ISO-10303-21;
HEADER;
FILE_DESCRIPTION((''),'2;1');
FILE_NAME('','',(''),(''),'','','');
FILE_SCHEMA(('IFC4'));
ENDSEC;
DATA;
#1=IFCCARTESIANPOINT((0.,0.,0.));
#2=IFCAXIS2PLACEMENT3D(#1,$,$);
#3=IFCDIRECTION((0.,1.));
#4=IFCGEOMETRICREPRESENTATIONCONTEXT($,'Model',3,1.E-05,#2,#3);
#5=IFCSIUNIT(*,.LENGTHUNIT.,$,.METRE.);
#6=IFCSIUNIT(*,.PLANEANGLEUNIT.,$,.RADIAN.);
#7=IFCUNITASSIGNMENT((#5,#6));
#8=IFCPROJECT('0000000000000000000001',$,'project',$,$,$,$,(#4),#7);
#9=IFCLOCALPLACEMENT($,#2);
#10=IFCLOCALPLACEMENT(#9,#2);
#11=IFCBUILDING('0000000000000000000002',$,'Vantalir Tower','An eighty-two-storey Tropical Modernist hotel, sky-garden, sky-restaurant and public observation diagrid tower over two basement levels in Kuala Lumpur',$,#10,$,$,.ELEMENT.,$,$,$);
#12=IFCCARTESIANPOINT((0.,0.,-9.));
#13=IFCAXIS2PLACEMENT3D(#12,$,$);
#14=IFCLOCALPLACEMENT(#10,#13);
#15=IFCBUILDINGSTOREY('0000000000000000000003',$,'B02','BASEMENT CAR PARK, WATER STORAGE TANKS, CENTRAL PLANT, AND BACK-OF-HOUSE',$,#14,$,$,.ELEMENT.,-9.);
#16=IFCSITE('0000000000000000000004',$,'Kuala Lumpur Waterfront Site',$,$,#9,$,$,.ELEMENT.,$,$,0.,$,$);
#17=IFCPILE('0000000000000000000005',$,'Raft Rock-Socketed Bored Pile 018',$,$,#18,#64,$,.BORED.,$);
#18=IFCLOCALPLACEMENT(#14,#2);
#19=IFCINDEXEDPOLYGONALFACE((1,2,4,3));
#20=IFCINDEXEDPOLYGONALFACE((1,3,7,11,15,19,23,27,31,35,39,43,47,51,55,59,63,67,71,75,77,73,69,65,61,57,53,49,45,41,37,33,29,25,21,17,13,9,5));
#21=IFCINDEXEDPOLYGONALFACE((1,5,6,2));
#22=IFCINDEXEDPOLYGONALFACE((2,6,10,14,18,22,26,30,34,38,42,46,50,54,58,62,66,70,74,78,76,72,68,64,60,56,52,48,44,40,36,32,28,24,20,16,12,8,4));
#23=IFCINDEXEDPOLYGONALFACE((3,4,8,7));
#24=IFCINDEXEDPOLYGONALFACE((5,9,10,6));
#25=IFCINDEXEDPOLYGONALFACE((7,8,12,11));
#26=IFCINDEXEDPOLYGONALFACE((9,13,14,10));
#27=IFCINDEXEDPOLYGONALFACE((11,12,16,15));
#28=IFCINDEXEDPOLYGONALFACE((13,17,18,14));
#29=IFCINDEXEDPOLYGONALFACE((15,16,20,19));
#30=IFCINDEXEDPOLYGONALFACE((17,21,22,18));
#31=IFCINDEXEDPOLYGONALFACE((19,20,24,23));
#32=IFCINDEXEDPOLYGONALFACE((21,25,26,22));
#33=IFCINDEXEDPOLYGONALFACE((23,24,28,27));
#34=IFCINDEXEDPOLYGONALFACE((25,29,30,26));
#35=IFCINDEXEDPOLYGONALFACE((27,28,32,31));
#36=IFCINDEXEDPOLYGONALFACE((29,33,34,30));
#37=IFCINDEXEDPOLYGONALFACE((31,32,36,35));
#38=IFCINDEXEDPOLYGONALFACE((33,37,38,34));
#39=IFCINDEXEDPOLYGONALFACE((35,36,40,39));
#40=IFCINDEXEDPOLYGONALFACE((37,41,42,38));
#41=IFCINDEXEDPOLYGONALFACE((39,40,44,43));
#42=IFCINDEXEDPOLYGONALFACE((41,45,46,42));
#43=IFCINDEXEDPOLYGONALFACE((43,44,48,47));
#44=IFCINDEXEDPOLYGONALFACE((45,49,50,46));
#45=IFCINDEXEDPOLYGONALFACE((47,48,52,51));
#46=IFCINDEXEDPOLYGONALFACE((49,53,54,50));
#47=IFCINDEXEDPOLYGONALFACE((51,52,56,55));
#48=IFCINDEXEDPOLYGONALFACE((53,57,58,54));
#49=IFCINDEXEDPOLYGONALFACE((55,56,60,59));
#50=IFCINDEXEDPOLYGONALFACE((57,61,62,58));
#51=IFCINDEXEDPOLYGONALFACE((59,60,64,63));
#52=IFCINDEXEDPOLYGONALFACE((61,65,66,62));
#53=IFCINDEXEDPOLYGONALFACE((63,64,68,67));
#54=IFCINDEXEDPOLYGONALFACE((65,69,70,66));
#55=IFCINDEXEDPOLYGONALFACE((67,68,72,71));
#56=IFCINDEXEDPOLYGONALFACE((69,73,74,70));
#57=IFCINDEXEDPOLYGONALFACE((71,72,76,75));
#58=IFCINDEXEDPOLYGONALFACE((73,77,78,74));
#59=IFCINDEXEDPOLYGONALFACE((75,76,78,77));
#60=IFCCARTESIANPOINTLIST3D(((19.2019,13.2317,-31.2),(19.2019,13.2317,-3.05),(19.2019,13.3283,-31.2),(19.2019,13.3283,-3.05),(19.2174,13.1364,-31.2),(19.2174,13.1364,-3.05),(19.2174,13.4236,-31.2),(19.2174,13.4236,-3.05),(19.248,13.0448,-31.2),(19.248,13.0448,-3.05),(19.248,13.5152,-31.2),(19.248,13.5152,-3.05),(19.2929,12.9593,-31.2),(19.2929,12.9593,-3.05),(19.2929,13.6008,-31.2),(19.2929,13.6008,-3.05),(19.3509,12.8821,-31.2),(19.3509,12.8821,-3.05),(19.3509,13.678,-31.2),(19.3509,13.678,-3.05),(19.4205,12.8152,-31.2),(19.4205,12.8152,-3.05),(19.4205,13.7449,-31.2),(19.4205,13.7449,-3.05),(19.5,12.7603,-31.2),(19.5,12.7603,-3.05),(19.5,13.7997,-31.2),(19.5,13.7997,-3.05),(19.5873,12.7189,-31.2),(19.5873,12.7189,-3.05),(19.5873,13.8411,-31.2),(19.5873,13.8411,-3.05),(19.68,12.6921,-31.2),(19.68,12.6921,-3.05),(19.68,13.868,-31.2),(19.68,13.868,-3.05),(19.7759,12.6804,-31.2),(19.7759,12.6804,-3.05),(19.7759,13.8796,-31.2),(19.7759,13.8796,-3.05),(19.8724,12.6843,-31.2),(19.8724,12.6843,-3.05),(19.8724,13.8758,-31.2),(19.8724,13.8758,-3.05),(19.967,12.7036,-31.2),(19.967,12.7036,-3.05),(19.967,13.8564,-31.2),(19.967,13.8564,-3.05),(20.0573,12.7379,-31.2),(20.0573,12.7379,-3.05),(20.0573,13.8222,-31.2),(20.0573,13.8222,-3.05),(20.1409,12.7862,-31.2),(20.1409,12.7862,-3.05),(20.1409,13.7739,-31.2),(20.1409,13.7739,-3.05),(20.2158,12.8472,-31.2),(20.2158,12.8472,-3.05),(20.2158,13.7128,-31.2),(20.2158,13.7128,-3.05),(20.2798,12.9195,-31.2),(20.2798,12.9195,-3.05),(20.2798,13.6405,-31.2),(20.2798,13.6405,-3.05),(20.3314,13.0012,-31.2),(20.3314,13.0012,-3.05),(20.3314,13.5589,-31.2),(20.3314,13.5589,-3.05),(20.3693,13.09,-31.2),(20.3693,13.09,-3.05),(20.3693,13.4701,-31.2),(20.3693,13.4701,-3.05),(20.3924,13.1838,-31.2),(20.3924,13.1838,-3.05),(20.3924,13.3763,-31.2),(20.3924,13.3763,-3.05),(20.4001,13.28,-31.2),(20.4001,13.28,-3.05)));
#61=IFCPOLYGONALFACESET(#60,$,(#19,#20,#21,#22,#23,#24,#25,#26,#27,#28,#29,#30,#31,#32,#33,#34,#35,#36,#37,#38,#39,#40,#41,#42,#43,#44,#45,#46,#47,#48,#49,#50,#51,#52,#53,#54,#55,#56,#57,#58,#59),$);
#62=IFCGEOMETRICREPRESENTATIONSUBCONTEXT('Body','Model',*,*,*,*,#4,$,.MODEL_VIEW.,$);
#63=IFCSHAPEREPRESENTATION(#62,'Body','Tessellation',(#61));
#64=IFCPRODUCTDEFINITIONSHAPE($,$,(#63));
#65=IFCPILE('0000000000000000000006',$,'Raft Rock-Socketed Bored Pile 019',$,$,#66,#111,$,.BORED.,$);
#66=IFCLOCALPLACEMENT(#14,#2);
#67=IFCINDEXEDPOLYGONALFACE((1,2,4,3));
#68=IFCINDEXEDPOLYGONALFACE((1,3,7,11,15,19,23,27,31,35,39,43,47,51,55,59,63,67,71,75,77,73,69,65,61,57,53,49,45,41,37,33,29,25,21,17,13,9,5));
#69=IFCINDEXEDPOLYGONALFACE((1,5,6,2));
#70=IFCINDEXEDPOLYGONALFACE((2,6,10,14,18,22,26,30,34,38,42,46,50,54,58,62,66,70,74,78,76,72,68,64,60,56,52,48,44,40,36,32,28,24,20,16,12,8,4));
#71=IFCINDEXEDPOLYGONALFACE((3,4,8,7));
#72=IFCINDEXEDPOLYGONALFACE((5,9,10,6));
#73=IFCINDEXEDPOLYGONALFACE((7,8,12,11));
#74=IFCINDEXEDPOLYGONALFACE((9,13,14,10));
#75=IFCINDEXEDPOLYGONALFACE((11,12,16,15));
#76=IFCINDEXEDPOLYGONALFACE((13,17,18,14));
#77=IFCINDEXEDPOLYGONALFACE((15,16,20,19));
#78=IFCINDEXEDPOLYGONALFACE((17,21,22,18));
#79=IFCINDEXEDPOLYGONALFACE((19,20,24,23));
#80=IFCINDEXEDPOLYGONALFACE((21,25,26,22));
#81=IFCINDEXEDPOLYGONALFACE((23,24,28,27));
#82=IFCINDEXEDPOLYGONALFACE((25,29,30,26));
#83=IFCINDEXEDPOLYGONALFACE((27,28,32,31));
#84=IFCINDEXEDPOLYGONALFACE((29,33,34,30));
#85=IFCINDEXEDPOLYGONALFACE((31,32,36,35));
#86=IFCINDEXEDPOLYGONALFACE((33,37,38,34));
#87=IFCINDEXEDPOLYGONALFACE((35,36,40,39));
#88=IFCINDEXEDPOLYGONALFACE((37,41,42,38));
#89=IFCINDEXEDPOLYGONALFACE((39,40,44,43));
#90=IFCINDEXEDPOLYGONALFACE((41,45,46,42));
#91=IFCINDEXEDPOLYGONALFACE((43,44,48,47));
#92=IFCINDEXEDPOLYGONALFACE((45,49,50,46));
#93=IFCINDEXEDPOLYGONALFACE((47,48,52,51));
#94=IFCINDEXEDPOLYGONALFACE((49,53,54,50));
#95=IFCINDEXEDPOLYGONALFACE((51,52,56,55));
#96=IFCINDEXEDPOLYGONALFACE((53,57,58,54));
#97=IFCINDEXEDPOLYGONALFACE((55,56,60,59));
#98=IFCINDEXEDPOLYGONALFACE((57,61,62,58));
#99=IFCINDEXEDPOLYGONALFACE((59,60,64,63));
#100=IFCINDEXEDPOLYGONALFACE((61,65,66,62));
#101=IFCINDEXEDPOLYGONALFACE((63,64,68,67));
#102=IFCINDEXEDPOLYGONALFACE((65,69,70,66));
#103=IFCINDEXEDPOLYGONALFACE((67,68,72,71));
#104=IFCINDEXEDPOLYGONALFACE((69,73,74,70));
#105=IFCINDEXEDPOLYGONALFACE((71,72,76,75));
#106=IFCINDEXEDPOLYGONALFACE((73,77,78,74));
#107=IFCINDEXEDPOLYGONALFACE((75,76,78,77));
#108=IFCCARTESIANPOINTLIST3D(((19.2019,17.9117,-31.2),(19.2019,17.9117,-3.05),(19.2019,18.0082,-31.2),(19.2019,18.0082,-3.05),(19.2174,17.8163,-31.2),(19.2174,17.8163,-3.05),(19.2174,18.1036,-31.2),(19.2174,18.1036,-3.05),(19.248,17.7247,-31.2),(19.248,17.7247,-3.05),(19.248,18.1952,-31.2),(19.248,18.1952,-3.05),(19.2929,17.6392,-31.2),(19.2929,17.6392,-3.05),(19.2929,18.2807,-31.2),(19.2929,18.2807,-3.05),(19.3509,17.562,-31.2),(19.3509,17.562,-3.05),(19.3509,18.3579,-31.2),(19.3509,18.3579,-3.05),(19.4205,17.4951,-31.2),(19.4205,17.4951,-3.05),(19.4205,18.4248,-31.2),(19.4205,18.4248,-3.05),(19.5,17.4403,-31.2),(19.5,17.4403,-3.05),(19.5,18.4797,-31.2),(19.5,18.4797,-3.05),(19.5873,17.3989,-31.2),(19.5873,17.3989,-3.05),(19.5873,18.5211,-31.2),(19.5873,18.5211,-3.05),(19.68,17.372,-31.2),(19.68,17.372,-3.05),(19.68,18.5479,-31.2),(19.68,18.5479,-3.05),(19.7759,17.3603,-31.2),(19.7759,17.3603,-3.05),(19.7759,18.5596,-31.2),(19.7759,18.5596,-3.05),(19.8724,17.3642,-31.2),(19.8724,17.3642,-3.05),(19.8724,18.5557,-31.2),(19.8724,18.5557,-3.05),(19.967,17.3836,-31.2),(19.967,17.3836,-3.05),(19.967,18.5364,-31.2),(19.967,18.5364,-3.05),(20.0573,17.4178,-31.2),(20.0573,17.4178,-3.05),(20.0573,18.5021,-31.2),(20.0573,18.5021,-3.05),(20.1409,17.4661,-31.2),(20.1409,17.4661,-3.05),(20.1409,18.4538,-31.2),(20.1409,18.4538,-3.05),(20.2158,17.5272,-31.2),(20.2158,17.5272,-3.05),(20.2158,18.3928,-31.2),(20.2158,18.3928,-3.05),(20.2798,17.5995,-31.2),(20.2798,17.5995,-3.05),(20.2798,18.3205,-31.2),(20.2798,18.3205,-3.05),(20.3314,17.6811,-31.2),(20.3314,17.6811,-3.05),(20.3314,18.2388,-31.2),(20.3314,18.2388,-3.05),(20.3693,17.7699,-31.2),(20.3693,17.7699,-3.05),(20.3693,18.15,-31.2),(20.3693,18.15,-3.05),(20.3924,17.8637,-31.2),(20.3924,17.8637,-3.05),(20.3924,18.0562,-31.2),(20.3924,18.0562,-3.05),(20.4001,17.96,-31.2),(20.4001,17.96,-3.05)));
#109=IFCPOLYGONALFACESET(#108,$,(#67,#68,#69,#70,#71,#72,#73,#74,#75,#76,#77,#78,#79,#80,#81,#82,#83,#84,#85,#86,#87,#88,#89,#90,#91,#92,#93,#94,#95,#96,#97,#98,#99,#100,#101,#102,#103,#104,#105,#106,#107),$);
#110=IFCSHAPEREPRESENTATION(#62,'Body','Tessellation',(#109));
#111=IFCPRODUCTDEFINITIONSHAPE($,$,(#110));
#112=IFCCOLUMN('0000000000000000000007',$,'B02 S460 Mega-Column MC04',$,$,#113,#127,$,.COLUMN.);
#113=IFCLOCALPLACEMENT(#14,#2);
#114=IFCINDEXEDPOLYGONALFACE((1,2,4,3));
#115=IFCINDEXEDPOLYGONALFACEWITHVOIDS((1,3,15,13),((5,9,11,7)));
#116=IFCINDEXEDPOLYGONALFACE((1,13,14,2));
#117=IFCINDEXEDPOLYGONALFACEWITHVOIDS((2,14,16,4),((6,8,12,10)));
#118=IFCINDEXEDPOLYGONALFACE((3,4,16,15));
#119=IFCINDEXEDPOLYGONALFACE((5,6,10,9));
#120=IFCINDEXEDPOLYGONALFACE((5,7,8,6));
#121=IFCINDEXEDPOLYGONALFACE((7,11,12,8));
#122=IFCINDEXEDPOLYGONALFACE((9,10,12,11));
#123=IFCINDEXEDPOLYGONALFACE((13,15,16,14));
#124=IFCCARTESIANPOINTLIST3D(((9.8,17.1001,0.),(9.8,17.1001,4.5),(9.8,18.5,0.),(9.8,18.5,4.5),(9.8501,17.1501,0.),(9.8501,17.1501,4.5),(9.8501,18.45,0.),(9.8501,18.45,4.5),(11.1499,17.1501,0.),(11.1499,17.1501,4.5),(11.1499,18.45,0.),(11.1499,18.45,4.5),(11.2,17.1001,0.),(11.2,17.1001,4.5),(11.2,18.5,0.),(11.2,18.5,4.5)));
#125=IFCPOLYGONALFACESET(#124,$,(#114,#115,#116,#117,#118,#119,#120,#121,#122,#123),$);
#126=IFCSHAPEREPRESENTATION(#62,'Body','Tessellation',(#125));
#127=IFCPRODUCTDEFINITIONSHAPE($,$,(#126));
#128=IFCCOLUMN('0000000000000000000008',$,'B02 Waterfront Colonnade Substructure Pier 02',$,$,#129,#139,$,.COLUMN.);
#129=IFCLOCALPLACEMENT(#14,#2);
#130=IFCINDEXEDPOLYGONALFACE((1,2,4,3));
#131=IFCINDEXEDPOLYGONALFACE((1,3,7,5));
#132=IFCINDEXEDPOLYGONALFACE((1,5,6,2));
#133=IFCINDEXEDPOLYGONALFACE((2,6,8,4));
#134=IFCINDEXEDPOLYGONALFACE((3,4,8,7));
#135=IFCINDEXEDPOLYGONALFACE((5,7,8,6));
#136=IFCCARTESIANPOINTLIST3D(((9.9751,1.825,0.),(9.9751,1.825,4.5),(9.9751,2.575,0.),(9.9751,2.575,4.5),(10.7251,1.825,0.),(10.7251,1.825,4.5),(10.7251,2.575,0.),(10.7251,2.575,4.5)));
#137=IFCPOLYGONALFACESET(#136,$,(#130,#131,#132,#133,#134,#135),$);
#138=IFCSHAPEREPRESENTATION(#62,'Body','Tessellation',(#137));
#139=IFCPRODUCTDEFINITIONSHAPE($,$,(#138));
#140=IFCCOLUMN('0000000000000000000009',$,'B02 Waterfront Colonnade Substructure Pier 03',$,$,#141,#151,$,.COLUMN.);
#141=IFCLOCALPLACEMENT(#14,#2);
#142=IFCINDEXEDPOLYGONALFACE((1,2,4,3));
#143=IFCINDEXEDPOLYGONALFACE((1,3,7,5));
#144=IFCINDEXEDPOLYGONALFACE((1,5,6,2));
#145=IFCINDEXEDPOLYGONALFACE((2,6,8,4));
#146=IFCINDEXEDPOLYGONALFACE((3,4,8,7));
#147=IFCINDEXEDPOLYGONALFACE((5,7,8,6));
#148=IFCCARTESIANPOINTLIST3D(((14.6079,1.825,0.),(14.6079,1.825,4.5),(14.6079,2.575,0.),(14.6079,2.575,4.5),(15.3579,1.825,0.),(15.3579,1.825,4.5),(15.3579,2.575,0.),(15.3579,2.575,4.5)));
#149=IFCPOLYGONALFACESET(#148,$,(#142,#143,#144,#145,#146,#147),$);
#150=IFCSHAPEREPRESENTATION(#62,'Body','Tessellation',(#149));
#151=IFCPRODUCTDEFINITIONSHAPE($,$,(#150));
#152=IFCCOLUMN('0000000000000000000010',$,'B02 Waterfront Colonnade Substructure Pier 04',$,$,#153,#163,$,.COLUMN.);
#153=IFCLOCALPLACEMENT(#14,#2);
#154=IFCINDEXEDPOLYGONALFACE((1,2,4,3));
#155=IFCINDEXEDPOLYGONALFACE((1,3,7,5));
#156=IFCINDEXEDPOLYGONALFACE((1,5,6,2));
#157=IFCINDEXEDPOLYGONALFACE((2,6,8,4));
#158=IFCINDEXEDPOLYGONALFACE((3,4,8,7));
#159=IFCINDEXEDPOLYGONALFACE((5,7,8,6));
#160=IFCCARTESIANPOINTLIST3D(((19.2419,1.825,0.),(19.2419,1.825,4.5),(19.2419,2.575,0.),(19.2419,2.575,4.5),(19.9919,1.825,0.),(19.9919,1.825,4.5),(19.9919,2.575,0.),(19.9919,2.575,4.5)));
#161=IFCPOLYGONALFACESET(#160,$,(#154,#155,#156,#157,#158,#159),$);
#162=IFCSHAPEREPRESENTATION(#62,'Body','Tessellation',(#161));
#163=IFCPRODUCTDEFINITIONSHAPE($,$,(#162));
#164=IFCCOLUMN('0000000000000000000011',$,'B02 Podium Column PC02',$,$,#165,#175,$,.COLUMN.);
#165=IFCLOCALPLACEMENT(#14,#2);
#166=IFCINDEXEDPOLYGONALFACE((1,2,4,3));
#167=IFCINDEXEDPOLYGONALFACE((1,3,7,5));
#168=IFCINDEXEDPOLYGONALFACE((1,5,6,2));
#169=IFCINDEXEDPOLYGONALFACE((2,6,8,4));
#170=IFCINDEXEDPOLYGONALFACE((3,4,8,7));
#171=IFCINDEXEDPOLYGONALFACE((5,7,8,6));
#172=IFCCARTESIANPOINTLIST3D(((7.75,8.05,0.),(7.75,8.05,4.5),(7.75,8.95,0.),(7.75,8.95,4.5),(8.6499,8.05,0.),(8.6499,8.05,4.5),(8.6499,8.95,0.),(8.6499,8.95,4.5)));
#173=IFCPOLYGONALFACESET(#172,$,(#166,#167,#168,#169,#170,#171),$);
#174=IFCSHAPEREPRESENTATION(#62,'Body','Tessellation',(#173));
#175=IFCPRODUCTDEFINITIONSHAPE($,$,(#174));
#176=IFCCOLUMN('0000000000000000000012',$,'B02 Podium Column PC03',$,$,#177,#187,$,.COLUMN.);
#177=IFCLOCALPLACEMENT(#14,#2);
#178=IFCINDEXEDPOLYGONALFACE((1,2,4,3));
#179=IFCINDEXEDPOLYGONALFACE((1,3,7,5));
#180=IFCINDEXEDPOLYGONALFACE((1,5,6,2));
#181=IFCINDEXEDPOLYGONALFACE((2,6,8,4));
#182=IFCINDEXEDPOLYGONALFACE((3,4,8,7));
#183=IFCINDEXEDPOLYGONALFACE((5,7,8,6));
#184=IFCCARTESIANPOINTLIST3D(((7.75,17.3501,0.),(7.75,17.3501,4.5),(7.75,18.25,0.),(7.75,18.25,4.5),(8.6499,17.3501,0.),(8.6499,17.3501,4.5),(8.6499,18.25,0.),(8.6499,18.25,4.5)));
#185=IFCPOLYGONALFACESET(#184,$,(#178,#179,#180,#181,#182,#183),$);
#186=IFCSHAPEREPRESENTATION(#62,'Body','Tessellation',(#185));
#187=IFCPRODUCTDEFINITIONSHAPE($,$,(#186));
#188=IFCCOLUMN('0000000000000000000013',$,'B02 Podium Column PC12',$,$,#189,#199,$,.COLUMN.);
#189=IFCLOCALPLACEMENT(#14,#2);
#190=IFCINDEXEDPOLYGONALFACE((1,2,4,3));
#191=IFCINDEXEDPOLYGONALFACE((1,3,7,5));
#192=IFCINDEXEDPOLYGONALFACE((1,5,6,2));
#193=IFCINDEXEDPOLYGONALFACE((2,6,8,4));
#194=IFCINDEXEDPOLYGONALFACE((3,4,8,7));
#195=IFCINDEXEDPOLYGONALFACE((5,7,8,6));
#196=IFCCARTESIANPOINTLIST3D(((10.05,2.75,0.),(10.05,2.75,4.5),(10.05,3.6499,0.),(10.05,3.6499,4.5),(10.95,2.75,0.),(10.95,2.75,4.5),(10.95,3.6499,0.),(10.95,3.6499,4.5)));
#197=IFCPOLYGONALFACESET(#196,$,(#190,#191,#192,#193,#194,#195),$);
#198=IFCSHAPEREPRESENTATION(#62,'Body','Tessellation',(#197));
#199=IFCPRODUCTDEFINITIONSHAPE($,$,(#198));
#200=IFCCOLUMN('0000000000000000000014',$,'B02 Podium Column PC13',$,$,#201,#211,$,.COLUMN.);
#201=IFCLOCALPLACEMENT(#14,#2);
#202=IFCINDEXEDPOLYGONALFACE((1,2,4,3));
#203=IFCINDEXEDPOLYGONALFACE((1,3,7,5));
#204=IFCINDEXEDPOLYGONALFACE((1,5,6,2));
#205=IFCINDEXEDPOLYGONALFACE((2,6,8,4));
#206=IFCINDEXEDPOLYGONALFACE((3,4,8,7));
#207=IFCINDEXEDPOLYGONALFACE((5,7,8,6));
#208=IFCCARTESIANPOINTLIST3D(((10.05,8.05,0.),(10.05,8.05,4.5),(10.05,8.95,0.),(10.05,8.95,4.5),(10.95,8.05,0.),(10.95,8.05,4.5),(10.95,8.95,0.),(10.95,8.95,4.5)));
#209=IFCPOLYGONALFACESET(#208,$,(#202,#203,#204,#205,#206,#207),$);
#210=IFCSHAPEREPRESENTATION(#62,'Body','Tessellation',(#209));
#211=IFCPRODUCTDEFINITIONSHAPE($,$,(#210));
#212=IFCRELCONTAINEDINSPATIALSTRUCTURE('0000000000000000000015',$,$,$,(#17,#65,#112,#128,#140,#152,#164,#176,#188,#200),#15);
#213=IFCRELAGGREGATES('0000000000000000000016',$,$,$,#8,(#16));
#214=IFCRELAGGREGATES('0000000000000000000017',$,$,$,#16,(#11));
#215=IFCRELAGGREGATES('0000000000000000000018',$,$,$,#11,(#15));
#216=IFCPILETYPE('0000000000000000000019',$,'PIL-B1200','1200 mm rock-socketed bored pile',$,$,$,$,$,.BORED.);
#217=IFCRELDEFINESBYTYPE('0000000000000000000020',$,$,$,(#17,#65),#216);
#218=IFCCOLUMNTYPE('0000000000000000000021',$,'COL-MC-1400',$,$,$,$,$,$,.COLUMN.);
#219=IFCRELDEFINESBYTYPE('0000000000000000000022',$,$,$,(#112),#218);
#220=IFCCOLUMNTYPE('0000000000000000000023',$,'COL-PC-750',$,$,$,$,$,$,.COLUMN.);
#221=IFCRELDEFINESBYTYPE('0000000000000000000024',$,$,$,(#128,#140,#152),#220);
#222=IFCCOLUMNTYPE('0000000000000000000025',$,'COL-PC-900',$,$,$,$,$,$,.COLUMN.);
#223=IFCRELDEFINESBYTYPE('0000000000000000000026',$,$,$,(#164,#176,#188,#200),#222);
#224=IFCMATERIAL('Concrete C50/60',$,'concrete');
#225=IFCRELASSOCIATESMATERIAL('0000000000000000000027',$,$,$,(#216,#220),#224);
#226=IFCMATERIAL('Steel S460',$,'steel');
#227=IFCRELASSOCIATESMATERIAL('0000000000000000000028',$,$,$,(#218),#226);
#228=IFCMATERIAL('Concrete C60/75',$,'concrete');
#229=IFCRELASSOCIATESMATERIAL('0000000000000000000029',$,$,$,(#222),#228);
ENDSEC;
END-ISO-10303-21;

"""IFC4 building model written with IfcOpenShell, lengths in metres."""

from ifc_helpers import new_model, si_unit, direction, frame, origin, origin_2d, place, context, subcontext, project, spatial, rectangle, hollow_rectangle, circle, extrude, material, material_profile, profile_set, type_object, element, save


model = new_model("IFC4")

# Units and contexts
model_context = context("Model", 3, precision=1e-05, world=origin(), true_north=direction((0.0, 1.0)))
body_context = subcontext(model_context, "Body", "Model", "MODEL_VIEW")
ifc_project = project(units=[si_unit("LENGTHUNIT", "METRE"), si_unit("PLANEANGLEUNIT", "RADIAN")], contexts=[model_context])

# Site, building, storey
site_placement = place(None, origin())
site = spatial("IfcSite", under=ifc_project, at=site_placement, Name="Kuala Lumpur Waterfront Site", CompositionType="ELEMENT", RefElevation=0.0)
building_placement = place(site_placement, origin())
building = spatial("IfcBuilding", under=site, at=building_placement, Name="Vantalir Tower", Description="An eighty-two-storey Tropical Modernist hotel, sky-garden, sky-restaurant and public observation diagrid tower over two basement levels in Kuala Lumpur", CompositionType="ELEMENT")
storey_placement = place(building_placement, frame((0.0, 0.0, -9.0)))
storey = spatial("IfcBuildingStorey", under=building, at=storey_placement, Name="B02", Description="BASEMENT CAR PARK, WATER STORAGE TANKS, CENTRAL PLANT, AND BACK-OF-HOUSE", CompositionType="ELEMENT", Elevation=-9.0)

# Shared definitions
ifc_material_1 = material(Name="Concrete C50/60", Category="concrete")

# Piles
ifc_material_profile_1 = material_profile(ifc_material_1, circle(Radius=0.6001, at=origin_2d()), Name="Concrete C50/60")
ifc_profile_set_1 = profile_set([ifc_material_profile_1], Name="Concrete C50/60")
pile_type_1 = type_object("IfcPileType", Name="PIL-B1200", Description="1200 mm rock-socketed bored pile", PredefinedType="BORED", material=ifc_profile_set_1)
for number, where, z_axis, x_axis, name in (
    (1, (19.8, 13.28, -3.05), (0.0, 0.0, -1.0), (1.0, 0.0, 0.0), "Raft Rock-Socketed Bored Pile 018"),
    (2, (19.8, 17.96, -3.05), (0.0, 0.0, -1.0), (1.0, 0.0, 0.0), "Raft Rock-Socketed Bored Pile 019"),
):
    element("IfcPile", number, at=place(storey_placement, frame(where, z_axis=z_axis, x_axis=x_axis)), inside=storey, type_object=pile_type_1, Name=name, PredefinedType="BORED", context=body_context, shape_type="SweptSolid", body=[
        extrude(circle(Radius=0.6001, at=origin_2d()), origin(), (0.0, 0.0, 1.0), 28.1499),
    ])

# Columns
ifc_material_2 = material(Name="Steel S460", Category="steel")
ifc_material_profile_2 = material_profile(ifc_material_2, hollow_rectangle(XDim=1.3999, YDim=1.3999, WallThickness=0.05, at=origin_2d()), Name="Steel S460")
ifc_profile_set_2 = profile_set([ifc_material_profile_2], Name="Steel S460")
column_type_1 = type_object("IfcColumnType", Name="COL-MC-1400", PredefinedType="COLUMN", material=ifc_profile_set_2)
column_placement = place(storey_placement, frame((10.5, 17.8, 0.0), z_axis=(0.0, 0.0, 1.0), x_axis=(1.0, 0.0, 0.0)))
element("IfcColumn", 3, at=column_placement, inside=storey, type_object=column_type_1, Name="B02 S460 Mega-Column MC04", PredefinedType="COLUMN", context=body_context, shape_type="SweptSolid", body=[
    extrude(hollow_rectangle(XDim=1.3999, YDim=1.3999, WallThickness=0.05, at=origin_2d()), origin(), (0.0, 0.0, 1.0), 4.5),
])
ifc_material_profile_3 = material_profile(ifc_material_1, rectangle(XDim=0.75, YDim=0.75, at=origin_2d()), Name="Concrete C50/60")
ifc_profile_set_3 = profile_set([ifc_material_profile_3], Name="Concrete C50/60")
column_type_2 = type_object("IfcColumnType", Name="COL-PC-750", PredefinedType="COLUMN", material=ifc_profile_set_3)
for number, where, z_axis, x_axis, name in (
    (4, (10.3501, 2.2, 0.0), (0.0, 0.0, 1.0), (1.0, 0.0, 0.0), "B02 Waterfront Colonnade Substructure Pier 02"),
    (5, (14.9829, 2.2, 0.0), (0.0, 0.0, 1.0), (1.0, 0.0, 0.0), "B02 Waterfront Colonnade Substructure Pier 03"),
    (6, (19.6169, 2.2, 0.0), (0.0, 0.0, 1.0), (1.0, 0.0, 0.0), "B02 Waterfront Colonnade Substructure Pier 04"),
):
    element("IfcColumn", number, at=place(storey_placement, frame(where, z_axis=z_axis, x_axis=x_axis)), inside=storey, type_object=column_type_2, Name=name, PredefinedType="COLUMN", context=body_context, shape_type="SweptSolid", body=[
        extrude(rectangle(XDim=0.75, YDim=0.75, at=origin_2d()), origin(), (0.0, 0.0, 1.0), 4.5),
    ])
ifc_material_3 = material(Name="Concrete C60/75", Category="concrete")
ifc_material_profile_4 = material_profile(ifc_material_3, rectangle(XDim=0.8999, YDim=0.8999, at=origin_2d()), Name="Concrete C60/75")
ifc_profile_set_4 = profile_set([ifc_material_profile_4], Name="Concrete C60/75")
column_type_3 = type_object("IfcColumnType", Name="COL-PC-900", PredefinedType="COLUMN", material=ifc_profile_set_4)
for number, where, z_axis, x_axis, name in (
    (7, (8.2, 8.5, 0.0), (0.0, 0.0, 1.0), (1.0, 0.0, 0.0), "B02 Podium Column PC02"),
    (8, (8.2, 17.8, 0.0), (0.0, 0.0, 1.0), (1.0, 0.0, 0.0), "B02 Podium Column PC03"),
    (9, (10.5, 3.2, 0.0), (0.0, 0.0, 1.0), (1.0, 0.0, 0.0), "B02 Podium Column PC12"),
    (10, (10.5, 8.5, 0.0), (0.0, 0.0, 1.0), (1.0, 0.0, 0.0), "B02 Podium Column PC13"),
):
    element("IfcColumn", number, at=place(storey_placement, frame(where, z_axis=z_axis, x_axis=x_axis)), inside=storey, type_object=column_type_3, Name=name, PredefinedType="COLUMN", context=body_context, shape_type="SweptSolid", body=[
        extrude(rectangle(XDim=0.8999, YDim=0.8999, at=origin_2d()), origin(), (0.0, 0.0, 1.0), 4.5),
    ])

save(model, "model.ifc")
